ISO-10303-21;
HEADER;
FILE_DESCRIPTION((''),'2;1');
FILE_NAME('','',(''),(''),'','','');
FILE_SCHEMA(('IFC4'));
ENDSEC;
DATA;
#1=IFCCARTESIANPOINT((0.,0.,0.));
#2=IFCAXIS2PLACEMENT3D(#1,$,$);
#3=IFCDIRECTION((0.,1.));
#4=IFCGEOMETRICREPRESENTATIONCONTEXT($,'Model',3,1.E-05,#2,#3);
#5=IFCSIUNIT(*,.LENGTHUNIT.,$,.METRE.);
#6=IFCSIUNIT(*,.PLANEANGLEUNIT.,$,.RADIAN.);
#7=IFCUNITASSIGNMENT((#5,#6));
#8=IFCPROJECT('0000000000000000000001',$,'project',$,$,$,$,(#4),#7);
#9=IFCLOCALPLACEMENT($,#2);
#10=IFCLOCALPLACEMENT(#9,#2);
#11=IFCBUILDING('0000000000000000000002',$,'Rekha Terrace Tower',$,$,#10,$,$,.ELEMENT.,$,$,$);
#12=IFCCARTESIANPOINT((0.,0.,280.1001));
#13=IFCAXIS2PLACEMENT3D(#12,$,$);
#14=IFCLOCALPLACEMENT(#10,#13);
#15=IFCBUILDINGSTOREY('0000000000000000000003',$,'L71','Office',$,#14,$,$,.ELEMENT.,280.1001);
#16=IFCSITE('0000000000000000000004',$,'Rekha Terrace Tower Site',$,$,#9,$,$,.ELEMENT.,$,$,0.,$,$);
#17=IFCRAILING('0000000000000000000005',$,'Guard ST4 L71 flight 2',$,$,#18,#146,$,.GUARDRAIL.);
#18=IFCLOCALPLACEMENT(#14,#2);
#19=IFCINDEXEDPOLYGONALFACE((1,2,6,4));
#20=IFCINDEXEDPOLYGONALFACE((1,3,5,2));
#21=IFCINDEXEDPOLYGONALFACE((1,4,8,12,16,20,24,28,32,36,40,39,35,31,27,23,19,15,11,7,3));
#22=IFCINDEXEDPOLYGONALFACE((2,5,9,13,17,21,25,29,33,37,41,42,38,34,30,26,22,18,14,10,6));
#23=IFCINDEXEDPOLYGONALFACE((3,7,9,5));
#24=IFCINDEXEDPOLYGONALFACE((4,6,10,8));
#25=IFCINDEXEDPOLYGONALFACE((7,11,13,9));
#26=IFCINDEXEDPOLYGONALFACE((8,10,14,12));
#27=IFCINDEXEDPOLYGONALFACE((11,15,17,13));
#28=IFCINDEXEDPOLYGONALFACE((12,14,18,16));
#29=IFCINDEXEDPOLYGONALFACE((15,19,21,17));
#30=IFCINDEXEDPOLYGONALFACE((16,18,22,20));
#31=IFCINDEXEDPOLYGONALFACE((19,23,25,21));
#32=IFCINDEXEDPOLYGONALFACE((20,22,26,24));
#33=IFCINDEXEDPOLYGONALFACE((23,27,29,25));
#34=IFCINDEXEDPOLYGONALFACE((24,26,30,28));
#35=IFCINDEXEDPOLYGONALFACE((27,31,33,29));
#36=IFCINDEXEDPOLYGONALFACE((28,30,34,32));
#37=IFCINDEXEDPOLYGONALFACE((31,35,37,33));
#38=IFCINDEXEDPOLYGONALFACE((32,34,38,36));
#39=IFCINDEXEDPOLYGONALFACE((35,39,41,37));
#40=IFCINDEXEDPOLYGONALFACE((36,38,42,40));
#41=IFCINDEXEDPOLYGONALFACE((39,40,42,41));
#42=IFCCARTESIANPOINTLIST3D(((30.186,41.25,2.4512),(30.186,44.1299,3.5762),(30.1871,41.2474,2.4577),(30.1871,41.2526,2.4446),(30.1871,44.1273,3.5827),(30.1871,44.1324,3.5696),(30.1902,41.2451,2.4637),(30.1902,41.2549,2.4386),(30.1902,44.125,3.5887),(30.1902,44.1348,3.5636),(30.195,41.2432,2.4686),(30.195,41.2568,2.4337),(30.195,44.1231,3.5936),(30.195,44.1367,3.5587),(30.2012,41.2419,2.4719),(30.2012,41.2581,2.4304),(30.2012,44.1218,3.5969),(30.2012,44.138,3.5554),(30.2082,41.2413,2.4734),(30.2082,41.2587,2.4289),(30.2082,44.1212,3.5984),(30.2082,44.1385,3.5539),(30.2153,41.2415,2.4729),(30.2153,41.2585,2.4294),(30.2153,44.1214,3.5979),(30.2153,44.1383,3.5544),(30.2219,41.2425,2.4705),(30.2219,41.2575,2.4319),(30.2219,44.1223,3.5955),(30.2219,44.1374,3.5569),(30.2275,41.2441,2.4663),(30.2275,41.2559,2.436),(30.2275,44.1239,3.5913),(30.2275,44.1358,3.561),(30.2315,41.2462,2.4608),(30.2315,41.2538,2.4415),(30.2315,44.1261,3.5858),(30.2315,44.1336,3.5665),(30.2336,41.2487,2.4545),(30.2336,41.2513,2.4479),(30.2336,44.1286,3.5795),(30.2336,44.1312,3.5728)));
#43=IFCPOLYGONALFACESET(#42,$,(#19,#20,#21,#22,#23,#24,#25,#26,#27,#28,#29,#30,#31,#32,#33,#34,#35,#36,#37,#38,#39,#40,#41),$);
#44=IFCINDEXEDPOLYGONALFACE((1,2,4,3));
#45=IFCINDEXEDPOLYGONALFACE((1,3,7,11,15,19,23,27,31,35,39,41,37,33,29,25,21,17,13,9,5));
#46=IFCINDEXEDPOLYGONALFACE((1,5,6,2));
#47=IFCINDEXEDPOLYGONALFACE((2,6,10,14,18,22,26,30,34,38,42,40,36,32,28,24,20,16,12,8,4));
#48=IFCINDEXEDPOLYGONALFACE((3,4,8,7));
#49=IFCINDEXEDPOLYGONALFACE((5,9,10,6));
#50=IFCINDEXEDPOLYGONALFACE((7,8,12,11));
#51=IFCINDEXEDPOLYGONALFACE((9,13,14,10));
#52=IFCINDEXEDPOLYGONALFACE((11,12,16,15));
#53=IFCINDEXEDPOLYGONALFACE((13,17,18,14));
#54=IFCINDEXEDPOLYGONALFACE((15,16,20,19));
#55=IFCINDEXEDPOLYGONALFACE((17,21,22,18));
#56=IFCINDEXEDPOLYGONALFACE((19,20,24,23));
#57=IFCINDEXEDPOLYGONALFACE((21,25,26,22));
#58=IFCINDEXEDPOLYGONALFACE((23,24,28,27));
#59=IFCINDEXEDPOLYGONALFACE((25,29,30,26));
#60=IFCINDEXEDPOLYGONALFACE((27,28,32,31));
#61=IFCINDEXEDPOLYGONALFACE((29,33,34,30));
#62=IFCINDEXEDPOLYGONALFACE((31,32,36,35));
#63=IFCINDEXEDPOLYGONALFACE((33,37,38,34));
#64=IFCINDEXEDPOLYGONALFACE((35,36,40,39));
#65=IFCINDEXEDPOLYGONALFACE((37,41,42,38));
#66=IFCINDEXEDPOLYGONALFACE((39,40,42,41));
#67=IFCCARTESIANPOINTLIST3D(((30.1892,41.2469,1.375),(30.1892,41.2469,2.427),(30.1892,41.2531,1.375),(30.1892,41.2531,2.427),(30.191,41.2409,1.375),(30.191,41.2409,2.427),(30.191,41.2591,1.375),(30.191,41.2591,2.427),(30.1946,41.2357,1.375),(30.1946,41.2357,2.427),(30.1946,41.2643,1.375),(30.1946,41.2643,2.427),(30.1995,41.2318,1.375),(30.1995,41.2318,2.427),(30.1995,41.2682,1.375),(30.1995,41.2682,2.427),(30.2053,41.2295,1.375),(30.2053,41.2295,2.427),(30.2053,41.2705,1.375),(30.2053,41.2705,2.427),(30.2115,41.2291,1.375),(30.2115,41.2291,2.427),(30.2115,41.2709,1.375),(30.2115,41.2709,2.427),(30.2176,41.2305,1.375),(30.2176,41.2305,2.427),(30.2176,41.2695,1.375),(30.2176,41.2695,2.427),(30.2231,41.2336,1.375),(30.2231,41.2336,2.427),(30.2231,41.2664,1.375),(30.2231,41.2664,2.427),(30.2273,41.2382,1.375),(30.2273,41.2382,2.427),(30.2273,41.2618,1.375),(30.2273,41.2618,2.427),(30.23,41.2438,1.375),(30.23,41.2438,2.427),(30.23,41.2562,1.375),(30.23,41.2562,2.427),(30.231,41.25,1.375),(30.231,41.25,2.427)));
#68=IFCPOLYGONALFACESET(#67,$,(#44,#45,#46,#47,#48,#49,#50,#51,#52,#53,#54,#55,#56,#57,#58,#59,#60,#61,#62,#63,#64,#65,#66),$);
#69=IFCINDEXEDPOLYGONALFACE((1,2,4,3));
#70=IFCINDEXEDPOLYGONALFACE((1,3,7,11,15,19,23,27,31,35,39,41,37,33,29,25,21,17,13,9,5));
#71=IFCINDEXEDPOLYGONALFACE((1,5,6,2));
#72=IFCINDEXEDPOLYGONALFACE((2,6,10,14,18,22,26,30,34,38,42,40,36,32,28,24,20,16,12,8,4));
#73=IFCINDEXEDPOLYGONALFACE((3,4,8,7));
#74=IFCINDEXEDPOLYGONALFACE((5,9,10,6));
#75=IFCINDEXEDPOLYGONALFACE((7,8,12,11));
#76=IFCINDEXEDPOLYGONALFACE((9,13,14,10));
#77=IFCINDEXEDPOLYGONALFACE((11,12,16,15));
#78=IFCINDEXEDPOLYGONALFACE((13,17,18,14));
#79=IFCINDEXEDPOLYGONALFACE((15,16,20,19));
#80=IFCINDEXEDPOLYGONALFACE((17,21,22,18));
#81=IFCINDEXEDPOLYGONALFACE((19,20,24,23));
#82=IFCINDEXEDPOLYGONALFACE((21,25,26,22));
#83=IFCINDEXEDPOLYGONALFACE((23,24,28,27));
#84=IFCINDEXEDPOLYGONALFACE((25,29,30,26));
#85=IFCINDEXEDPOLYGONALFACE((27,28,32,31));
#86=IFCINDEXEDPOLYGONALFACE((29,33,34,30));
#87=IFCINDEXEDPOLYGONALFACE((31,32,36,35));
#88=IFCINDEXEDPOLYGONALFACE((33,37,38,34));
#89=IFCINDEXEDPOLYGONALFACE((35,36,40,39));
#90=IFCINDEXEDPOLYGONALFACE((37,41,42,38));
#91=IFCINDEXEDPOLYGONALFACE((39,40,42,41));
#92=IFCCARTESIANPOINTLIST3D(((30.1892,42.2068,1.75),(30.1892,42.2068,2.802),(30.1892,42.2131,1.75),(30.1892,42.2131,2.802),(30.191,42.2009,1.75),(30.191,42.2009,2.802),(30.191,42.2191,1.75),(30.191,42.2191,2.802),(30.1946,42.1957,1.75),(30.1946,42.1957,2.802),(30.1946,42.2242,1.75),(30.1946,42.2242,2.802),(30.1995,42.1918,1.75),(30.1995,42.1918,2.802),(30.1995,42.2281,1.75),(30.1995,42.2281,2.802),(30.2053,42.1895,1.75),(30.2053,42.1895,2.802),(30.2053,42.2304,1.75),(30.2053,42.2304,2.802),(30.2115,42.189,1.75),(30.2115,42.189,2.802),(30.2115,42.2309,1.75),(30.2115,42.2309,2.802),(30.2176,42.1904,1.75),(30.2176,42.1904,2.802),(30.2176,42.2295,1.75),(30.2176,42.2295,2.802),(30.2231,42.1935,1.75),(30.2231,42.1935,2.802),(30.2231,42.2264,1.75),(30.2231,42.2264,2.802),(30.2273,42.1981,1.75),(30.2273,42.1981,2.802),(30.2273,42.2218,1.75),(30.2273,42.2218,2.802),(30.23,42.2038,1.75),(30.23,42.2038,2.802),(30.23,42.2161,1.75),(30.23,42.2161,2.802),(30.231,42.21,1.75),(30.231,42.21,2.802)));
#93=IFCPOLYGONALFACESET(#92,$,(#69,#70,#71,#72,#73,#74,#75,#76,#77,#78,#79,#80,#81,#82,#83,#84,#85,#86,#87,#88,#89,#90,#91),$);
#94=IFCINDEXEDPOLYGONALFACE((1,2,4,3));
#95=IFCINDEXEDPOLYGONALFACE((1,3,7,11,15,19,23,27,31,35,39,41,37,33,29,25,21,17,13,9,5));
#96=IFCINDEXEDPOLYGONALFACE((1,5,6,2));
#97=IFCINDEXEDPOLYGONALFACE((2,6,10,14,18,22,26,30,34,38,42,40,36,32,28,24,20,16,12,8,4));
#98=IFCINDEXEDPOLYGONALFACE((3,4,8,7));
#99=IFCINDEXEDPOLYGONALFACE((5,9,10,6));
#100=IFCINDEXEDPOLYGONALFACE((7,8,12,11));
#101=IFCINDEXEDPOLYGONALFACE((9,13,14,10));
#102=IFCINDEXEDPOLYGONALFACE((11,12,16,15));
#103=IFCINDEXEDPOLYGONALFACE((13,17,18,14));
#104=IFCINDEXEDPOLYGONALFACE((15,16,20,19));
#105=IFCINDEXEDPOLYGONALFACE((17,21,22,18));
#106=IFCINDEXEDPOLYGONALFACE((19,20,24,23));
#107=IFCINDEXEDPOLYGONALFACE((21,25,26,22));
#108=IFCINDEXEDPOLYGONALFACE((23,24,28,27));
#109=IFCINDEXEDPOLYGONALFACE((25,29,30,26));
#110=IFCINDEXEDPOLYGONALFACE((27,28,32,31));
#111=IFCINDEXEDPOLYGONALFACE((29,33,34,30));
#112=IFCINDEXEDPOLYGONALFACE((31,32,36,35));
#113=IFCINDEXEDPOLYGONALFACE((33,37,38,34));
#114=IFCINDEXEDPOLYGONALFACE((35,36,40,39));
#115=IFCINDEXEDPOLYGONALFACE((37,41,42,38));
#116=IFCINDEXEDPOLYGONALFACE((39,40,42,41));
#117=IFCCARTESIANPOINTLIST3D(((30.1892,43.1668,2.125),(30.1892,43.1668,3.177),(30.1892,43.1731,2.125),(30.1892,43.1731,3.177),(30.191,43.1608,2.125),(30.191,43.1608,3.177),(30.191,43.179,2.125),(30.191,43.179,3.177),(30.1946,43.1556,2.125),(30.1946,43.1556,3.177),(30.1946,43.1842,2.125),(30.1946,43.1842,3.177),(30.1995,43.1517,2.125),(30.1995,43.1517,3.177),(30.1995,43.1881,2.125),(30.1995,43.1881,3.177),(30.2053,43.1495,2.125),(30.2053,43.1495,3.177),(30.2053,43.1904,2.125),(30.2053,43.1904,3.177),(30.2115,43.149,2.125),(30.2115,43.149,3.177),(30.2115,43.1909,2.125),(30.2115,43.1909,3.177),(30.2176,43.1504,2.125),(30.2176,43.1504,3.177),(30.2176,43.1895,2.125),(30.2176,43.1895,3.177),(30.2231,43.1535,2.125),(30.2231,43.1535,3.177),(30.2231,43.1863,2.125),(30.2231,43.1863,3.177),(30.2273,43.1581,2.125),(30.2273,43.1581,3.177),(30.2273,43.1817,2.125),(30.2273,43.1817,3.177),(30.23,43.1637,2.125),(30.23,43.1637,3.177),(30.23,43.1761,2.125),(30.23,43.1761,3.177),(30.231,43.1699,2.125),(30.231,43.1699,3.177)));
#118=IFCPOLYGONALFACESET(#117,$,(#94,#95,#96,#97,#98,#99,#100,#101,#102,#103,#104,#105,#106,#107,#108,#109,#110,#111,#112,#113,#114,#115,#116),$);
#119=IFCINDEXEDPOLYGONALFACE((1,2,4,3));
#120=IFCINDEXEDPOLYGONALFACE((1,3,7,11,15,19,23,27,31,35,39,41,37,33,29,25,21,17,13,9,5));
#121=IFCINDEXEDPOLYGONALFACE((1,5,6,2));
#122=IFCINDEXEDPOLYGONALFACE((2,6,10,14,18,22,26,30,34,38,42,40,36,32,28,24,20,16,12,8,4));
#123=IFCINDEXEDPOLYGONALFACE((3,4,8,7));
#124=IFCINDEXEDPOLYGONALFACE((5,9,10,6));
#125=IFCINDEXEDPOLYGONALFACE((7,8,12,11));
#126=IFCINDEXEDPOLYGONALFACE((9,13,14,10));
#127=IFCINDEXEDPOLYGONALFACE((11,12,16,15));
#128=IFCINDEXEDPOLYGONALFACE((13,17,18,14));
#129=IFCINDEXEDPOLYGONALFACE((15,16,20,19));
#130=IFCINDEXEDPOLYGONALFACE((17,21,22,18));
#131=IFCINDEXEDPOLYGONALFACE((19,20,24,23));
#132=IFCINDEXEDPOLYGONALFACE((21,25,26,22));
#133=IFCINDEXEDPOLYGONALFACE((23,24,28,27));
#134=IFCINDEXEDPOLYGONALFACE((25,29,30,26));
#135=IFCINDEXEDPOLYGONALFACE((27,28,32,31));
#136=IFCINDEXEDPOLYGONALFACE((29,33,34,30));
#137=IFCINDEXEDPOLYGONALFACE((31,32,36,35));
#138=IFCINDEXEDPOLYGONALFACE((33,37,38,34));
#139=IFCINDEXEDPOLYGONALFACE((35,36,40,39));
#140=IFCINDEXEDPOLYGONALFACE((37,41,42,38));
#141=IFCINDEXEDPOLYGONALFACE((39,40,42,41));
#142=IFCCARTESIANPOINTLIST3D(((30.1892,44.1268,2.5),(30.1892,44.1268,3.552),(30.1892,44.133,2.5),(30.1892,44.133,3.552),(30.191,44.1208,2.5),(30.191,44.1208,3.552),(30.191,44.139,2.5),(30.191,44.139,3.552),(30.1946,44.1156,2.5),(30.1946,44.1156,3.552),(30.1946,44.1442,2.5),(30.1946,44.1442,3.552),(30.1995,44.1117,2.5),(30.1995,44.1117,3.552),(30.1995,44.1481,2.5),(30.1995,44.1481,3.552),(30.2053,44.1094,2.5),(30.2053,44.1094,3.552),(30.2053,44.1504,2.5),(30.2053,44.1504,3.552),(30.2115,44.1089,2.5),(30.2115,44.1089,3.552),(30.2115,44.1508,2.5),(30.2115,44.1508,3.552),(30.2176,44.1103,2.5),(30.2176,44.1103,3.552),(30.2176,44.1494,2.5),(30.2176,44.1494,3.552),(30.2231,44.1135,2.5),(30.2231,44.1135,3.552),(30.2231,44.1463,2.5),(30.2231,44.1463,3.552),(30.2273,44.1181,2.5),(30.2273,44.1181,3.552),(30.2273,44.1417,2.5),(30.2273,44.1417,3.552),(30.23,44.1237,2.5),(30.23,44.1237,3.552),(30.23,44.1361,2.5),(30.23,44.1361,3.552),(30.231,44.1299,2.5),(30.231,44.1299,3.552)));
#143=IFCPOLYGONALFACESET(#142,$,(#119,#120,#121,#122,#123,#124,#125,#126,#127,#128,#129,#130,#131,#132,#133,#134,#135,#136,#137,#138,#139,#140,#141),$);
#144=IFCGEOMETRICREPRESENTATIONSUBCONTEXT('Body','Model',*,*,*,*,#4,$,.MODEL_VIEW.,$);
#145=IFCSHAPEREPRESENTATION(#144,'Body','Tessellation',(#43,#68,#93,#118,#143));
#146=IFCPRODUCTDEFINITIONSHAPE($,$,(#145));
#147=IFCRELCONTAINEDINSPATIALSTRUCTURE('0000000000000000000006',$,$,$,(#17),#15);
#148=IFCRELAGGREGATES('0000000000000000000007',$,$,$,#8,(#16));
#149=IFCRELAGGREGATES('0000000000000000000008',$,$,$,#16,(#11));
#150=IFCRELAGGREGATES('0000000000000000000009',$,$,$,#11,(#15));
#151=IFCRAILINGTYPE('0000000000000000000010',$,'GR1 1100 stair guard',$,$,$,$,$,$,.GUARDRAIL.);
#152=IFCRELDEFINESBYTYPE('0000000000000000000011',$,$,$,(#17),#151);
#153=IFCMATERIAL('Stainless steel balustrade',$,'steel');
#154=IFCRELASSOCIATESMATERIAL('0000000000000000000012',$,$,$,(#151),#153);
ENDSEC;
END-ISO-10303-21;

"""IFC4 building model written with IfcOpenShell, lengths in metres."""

from ifc_helpers import new_model, si_unit, direction, frame, origin, origin_2d, place, context, subcontext, project, spatial, circle, extrude, material, type_object, element, save


model = new_model("IFC4")

# Units and contexts
model_context = context("Model", 3, precision=1e-05, world=origin(), true_north=direction((0.0, 1.0)))
body_context = subcontext(model_context, "Body", "Model", "MODEL_VIEW")
ifc_project = project(units=[si_unit("LENGTHUNIT", "METRE"), si_unit("PLANEANGLEUNIT", "RADIAN")], contexts=[model_context])

# Site, building, storey
site_placement = place(None, origin())
site = spatial("IfcSite", under=ifc_project, at=site_placement, Name="Rekha Terrace Tower Site", CompositionType="ELEMENT", RefElevation=0.0)
building_placement = place(site_placement, origin())
building = spatial("IfcBuilding", under=site, at=building_placement, Name="Rekha Terrace Tower", CompositionType="ELEMENT")
storey_placement = place(building_placement, frame((0.0, 0.0, 280.1001)))
storey = spatial("IfcBuildingStorey", under=building, at=storey_placement, Name="L71", Description="Office", CompositionType="ELEMENT", Elevation=280.1001)

# Railing
ifc_material_1 = material(Name="Stainless steel balustrade", Category="steel")
railing_type_1 = type_object("IfcRailingType", Name="GR1 1100 stair guard", PredefinedType="GUARDRAIL", material=ifc_material_1)
railing_1_placement = place(storey_placement, frame((30.21, 41.25, 1.375)))
element("IfcRailing", 1, at=railing_1_placement, inside=storey, type_object=railing_type_1, Name="Guard ST4 L71 flight 2", PredefinedType="GUARDRAIL", context=body_context, shape_type="SweptSolid", body=[
    extrude(circle(Radius=0.0239, at=origin_2d()), frame((0.0, 0.0, 1.0762), z_axis=(0.0, 0.931452, 0.363863), x_axis=(-1.0, 0.0, 0.0)), (0.0, 0.0, 1.0), 3.0918),
    extrude(circle(Radius=0.021, at=origin_2d()), origin(), (0.0, 0.0, 1.0), 1.052),
    extrude(circle(Radius=0.021, at=origin_2d()), frame((0.0, 0.96, 0.375)), (0.0, 0.0, 1.0), 1.052),
    extrude(circle(Radius=0.021, at=origin_2d()), frame((0.0, 1.9199, 0.75)), (0.0, 0.0, 1.0), 1.052),
    extrude(circle(Radius=0.021, at=origin_2d()), frame((0.0, 2.8799, 1.125)), (0.0, 0.0, 1.0), 1.052),
])

save(model, "model.ifc")
